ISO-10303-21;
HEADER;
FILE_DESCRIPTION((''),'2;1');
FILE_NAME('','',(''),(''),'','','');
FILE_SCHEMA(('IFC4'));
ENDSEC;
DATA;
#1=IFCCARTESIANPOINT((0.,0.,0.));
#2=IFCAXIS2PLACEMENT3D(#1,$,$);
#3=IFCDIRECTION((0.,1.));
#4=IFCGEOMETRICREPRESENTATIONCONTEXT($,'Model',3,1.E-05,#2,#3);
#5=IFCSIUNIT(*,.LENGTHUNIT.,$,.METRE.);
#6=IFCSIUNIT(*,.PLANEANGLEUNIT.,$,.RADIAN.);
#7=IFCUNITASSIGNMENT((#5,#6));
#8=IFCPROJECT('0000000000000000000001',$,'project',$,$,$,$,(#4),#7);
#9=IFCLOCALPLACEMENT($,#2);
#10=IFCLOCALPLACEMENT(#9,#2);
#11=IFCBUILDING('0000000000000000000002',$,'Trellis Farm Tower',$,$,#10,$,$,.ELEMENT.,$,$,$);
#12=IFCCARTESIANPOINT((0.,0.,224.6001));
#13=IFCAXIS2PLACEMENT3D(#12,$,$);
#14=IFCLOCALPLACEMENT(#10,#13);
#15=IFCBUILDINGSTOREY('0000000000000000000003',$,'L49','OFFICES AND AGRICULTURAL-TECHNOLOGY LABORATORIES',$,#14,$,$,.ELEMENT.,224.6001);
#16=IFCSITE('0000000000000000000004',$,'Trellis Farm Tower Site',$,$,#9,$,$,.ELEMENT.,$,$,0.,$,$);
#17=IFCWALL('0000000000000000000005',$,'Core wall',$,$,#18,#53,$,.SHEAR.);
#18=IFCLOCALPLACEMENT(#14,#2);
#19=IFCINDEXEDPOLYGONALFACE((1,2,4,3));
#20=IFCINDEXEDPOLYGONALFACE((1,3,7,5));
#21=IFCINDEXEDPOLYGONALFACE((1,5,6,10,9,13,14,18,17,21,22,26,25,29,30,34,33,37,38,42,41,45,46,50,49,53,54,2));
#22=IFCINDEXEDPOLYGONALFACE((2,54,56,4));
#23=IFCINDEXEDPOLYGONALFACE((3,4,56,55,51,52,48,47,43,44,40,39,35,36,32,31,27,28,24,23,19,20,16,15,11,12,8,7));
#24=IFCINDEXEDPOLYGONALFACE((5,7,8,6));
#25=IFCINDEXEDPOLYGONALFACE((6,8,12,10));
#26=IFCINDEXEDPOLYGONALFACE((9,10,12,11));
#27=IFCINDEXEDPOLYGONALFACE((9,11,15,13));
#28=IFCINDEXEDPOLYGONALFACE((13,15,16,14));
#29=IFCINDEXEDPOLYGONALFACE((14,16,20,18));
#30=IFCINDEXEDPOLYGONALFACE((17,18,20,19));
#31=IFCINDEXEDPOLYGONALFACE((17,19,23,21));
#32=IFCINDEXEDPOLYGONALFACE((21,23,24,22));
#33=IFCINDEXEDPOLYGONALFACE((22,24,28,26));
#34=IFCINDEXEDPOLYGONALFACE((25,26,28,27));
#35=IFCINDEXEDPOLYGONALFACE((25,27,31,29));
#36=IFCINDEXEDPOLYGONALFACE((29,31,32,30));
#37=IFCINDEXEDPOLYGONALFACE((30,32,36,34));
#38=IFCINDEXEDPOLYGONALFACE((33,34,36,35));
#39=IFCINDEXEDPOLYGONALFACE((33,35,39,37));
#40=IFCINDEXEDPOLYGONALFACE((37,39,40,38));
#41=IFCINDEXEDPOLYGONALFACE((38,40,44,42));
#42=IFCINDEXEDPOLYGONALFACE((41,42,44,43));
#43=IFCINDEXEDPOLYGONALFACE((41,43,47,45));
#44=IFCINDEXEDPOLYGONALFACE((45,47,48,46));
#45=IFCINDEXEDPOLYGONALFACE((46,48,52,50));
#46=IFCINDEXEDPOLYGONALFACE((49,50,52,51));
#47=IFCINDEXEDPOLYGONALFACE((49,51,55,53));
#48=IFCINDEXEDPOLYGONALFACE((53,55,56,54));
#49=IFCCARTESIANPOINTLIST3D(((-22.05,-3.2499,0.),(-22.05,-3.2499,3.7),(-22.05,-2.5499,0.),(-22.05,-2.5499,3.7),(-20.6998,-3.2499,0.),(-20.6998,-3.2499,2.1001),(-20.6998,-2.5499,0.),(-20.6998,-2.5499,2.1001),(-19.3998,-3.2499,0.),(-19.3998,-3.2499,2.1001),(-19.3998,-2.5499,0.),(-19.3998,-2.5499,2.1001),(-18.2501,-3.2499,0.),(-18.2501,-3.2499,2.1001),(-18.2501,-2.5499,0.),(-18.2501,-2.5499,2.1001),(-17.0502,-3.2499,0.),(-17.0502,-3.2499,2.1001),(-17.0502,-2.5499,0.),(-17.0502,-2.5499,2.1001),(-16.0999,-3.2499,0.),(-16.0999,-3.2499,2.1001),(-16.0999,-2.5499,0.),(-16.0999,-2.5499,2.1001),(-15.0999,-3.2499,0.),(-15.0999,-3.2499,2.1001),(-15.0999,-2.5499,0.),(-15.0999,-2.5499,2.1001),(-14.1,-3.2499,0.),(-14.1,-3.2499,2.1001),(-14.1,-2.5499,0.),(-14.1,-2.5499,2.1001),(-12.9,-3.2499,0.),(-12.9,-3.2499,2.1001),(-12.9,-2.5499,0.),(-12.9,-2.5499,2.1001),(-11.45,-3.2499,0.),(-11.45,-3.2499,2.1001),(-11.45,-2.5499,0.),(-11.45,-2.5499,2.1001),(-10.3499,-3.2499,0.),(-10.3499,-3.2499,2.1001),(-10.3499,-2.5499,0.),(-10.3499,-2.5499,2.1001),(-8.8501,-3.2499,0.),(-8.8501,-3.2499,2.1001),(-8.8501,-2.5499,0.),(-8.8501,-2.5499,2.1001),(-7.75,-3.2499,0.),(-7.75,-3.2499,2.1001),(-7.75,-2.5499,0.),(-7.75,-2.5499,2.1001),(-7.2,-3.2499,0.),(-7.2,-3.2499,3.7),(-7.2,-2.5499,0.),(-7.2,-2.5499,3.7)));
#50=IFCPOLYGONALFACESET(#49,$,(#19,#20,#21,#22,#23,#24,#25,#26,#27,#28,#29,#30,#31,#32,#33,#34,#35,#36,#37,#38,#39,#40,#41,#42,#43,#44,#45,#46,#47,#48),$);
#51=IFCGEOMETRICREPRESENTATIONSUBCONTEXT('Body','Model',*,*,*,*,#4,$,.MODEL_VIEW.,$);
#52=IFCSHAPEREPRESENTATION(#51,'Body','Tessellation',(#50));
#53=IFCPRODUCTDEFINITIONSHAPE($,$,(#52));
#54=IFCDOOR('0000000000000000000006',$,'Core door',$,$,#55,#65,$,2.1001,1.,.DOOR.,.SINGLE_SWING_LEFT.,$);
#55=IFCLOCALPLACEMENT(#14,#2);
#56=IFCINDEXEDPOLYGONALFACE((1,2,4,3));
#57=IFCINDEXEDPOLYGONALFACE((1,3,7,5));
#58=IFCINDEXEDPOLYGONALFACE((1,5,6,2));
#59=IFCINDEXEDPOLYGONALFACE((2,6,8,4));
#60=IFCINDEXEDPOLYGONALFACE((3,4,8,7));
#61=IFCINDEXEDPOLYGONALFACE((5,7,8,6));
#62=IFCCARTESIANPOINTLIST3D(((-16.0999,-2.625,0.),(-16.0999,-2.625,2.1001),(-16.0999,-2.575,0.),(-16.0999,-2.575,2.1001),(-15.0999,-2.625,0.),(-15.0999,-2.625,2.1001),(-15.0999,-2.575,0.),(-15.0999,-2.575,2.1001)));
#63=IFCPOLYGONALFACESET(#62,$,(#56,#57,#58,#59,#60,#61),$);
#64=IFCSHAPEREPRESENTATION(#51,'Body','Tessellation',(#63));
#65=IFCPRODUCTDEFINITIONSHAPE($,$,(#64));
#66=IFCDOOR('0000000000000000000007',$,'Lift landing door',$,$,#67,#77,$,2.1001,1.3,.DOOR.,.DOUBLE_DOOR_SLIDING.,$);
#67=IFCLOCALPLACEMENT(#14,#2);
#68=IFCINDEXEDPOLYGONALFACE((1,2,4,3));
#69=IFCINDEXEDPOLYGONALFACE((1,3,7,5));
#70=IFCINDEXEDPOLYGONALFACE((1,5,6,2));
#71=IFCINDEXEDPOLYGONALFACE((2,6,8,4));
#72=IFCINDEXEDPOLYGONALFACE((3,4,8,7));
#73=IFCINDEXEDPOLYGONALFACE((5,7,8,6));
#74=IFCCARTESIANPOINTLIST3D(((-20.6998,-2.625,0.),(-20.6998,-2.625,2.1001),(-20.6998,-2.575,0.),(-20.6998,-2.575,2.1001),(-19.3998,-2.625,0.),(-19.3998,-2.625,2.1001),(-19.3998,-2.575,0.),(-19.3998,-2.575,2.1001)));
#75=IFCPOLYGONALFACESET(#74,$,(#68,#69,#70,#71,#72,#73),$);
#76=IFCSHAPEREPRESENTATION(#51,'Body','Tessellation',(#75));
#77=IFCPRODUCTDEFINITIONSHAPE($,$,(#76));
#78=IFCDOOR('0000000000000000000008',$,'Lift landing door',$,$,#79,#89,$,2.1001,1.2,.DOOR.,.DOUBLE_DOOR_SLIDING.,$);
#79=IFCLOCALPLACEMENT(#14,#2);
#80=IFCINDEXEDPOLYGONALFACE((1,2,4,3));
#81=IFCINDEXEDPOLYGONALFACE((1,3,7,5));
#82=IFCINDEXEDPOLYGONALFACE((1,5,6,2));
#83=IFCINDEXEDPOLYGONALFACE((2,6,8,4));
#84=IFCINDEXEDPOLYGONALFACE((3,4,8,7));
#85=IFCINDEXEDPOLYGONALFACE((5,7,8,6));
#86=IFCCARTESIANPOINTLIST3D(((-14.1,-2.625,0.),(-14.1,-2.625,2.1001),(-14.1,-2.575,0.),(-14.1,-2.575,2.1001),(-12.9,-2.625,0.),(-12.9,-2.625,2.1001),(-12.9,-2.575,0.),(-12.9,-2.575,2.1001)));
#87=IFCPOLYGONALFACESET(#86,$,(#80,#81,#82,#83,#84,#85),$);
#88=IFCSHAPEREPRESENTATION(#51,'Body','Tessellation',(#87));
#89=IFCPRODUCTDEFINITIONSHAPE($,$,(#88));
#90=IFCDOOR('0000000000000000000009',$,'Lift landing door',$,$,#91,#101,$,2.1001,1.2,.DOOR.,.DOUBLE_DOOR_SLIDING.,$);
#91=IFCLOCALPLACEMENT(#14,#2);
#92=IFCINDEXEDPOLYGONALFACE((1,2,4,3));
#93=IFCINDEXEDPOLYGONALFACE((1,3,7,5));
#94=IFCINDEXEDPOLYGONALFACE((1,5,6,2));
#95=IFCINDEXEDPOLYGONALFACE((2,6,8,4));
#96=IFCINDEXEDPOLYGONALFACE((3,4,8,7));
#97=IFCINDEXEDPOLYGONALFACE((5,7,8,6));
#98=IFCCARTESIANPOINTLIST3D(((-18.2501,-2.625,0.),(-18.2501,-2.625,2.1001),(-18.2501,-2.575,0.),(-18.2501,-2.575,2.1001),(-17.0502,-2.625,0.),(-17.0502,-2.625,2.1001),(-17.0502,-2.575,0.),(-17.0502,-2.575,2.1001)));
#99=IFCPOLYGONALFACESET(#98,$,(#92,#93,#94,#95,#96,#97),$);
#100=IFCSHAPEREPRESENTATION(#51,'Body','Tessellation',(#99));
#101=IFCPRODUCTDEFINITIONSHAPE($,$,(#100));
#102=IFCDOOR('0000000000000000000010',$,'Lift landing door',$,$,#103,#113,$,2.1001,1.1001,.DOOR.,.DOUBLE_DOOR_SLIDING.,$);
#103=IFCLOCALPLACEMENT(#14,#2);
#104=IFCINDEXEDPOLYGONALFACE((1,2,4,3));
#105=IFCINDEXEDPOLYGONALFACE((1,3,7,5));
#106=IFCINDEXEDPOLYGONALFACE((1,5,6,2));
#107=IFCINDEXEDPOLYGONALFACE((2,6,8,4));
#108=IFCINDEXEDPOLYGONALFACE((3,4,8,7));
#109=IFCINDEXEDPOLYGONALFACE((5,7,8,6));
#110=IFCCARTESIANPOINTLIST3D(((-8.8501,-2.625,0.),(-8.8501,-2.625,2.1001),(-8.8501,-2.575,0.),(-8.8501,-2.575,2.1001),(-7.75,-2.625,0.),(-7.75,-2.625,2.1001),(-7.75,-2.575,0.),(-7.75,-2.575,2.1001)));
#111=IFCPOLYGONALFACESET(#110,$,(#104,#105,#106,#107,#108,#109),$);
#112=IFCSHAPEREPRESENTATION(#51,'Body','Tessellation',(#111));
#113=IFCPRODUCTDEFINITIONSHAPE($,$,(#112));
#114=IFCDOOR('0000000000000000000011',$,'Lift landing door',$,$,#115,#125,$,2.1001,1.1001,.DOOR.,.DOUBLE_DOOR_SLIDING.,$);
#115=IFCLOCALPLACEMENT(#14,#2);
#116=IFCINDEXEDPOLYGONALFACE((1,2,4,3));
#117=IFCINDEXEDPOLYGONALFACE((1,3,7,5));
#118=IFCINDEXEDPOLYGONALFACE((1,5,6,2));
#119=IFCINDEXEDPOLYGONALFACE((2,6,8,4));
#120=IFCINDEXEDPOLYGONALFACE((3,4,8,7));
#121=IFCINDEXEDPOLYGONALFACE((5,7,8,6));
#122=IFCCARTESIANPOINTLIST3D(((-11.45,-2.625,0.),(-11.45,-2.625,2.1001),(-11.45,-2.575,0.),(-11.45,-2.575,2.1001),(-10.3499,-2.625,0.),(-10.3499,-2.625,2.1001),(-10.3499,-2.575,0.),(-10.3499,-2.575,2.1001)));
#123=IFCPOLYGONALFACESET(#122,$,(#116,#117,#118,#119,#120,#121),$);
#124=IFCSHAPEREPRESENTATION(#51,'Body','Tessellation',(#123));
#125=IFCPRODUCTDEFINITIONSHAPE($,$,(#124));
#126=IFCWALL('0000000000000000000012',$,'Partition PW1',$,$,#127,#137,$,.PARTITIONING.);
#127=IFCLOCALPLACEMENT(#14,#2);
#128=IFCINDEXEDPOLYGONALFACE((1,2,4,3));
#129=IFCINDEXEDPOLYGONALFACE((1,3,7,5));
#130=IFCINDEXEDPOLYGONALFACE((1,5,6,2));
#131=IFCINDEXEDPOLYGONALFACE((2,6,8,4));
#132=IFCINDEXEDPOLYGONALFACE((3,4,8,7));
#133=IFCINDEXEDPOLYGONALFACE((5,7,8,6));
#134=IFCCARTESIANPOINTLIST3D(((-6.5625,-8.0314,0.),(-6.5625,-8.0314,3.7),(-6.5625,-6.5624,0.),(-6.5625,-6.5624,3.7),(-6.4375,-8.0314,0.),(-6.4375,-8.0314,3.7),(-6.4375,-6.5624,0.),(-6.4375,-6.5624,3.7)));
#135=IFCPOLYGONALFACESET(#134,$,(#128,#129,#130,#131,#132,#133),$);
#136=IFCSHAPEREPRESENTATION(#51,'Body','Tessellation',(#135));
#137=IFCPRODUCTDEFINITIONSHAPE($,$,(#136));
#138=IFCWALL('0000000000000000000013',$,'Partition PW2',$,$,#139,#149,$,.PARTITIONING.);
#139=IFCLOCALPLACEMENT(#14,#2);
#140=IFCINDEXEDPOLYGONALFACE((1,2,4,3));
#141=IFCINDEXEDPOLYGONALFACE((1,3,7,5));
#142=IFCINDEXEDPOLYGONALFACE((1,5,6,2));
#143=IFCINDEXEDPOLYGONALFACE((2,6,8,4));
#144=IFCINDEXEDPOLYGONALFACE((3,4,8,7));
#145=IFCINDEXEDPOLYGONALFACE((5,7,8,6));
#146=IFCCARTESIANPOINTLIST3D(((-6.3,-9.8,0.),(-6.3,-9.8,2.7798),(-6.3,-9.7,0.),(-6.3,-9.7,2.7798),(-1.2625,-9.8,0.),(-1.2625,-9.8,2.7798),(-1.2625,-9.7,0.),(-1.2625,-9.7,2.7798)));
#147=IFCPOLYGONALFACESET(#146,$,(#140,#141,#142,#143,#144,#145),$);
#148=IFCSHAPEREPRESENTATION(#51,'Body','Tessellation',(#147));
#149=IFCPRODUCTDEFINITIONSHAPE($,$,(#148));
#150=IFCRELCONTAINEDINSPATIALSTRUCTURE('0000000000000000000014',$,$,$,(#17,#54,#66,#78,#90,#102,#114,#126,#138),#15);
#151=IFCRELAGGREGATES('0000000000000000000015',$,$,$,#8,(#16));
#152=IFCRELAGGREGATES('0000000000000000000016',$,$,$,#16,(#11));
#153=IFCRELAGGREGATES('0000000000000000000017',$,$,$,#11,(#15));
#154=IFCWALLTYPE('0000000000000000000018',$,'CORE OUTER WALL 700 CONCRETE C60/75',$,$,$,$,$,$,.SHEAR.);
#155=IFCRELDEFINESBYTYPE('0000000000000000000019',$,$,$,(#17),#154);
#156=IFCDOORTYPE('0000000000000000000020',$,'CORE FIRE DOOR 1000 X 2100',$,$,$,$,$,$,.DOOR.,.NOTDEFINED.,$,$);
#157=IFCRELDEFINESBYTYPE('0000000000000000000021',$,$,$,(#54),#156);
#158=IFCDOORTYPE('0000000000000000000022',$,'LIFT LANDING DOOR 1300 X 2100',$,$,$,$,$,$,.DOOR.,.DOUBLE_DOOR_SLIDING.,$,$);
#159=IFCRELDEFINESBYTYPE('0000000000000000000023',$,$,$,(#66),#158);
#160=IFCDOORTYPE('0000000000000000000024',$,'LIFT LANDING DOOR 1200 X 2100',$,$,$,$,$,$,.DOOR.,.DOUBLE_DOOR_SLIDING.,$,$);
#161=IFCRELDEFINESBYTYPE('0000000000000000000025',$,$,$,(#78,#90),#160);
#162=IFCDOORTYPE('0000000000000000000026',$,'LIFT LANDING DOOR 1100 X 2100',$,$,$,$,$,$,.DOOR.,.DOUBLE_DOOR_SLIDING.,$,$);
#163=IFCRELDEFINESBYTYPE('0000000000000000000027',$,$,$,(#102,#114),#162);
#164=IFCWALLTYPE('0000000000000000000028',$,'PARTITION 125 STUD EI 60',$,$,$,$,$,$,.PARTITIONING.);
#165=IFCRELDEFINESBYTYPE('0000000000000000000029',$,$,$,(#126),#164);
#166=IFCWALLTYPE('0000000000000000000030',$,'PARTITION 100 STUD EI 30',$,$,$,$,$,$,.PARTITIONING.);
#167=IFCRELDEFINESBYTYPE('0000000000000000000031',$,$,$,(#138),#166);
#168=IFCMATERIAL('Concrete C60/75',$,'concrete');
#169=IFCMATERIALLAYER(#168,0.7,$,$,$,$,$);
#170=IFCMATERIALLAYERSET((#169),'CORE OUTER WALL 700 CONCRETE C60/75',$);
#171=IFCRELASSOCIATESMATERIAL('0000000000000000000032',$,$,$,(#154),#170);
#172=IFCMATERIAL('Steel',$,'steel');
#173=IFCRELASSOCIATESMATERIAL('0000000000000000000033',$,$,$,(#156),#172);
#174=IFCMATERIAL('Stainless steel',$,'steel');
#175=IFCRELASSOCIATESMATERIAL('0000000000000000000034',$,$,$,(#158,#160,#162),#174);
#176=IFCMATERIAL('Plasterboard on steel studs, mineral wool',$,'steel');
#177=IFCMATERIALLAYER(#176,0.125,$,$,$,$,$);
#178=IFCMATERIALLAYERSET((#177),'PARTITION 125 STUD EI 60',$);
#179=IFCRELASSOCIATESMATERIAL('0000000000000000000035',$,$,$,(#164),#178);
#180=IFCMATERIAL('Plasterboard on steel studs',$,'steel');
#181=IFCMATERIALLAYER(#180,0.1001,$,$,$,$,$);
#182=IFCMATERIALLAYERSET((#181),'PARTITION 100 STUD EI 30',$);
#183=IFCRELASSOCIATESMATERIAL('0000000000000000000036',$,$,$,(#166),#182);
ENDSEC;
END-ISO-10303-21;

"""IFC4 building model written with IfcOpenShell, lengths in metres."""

from ifc_helpers import new_model, si_unit, direction, frame, frame_2d, origin, place, context, subcontext, project, spatial, rectangle, extrude, source, transform, mapped, material, layer, layer_set, type_object, element, fill, save


model = new_model("IFC4")

# Units and contexts
model_context = context("Model", 3, precision=1e-05, world=origin(), true_north=direction((0.0, 1.0)))
body_context = subcontext(model_context, "Body", "Model", "MODEL_VIEW")
ifc_project = project(units=[si_unit("LENGTHUNIT", "METRE"), si_unit("PLANEANGLEUNIT", "RADIAN")], contexts=[model_context])

# Site, building, storey
site_placement = place(None, origin())
site = spatial("IfcSite", under=ifc_project, at=site_placement, Name="Trellis Farm Tower Site", CompositionType="ELEMENT", RefElevation=0.0)
building_placement = place(site_placement, origin())
building = spatial("IfcBuilding", under=site, at=building_placement, Name="Trellis Farm Tower", CompositionType="ELEMENT")
storey_placement = place(building_placement, frame((0.0, 0.0, 224.6001)))
storey = spatial("IfcBuildingStorey", under=building, at=storey_placement, Name="L49", Description="OFFICES AND AGRICULTURAL-TECHNOLOGY LABORATORIES", CompositionType="ELEMENT", Elevation=224.6001)

# Shared definitions
ifc_material_1 = material(Name="Concrete C60/75", Category="concrete")

# Wall, openings, doors
ifc_layer_1 = layer(ifc_material_1, 0.7)
ifc_layer_set_1 = layer_set([ifc_layer_1], Name="CORE OUTER WALL 700 CONCRETE C60/75")
wall_type_1 = type_object("IfcWallType", Name="CORE OUTER WALL 700 CONCRETE C60/75", PredefinedType="SHEAR", material=ifc_layer_set_1)
shared_shape_1 = source(origin(), body_context, "Body", "SweptSolid", [
    extrude(rectangle(XDim=14.8501, YDim=0.7, at=frame_2d((7.425, 0.0))), origin(), (0.0, 0.0, 1.0), 3.7),
])
wall_1_placement = place(storey_placement, frame((-7.2, -2.8999, 0.0), z_axis=(0.0, 0.0, 1.0), x_axis=(-1.0, 0.0, 0.0)))
wall_1 = element("IfcWall", 1, at=wall_1_placement, inside=storey, type_object=wall_type_1, Name="Core wall", PredefinedType="SHEAR", context=body_context, shape_type="MappedRepresentation", body=[
    mapped(shared_shape_1, transform((0.0, 0.0, 0.0))),
])
shared_shape_2 = source(origin(), body_context, "Body", "SweptSolid", [
    extrude(rectangle(XDim=1.1001, YDim=2.1001, at=frame_2d((0.55, 1.05))), frame((0.0, 0.3601, 0.0), z_axis=(0.0, -1.0, 0.0), x_axis=(1.0, 0.0, 0.0)), (0.0, 0.0, 1.0), 0.7202),
])
opening_1_placement = place(wall_1_placement, frame((0.55, 0.0, 0.0)))
opening_1 = element("IfcOpeningElement", 2, at=opening_1_placement, cuts=wall_1, PredefinedType="OPENING", context=body_context, shape_type="MappedRepresentation", body=[
    mapped(shared_shape_2, transform((0.0, 0.0, 0.0))),
])
opening_2_placement = place(wall_1_placement, frame((3.1499, 0.0, 0.0)))
opening_2 = element("IfcOpeningElement", 3, at=opening_2_placement, cuts=wall_1, PredefinedType="OPENING", context=body_context, shape_type="MappedRepresentation", body=[
    mapped(shared_shape_2, transform((0.0, 0.0, 0.0))),
])
shared_shape_3 = source(origin(), body_context, "Body", "SweptSolid", [
    extrude(rectangle(XDim=1.2, YDim=2.1001, at=frame_2d((0.6001, 1.05))), frame((0.0, 0.3601, 0.0), z_axis=(0.0, -1.0, 0.0), x_axis=(1.0, 0.0, 0.0)), (0.0, 0.0, 1.0), 0.7202),
])
opening_3_placement = place(wall_1_placement, frame((5.7, 0.0, 0.0)))
opening_3 = element("IfcOpeningElement", 4, at=opening_3_placement, cuts=wall_1, PredefinedType="OPENING", context=body_context, shape_type="MappedRepresentation", body=[
    mapped(shared_shape_3, transform((0.0, 0.0, 0.0))),
])
shared_shape_4 = source(origin(), body_context, "Body", "SweptSolid", [
    extrude(rectangle(XDim=1.3, YDim=2.1001, at=frame_2d((0.6499, 1.05))), frame((0.0, 0.3601, 0.0), z_axis=(0.0, -1.0, 0.0), x_axis=(1.0, 0.0, 0.0)), (0.0, 0.0, 1.0), 0.7202),
])
opening_4_placement = place(wall_1_placement, frame((12.2, 0.0, 0.0)))
opening_4 = element("IfcOpeningElement", 5, at=opening_4_placement, cuts=wall_1, PredefinedType="OPENING", context=body_context, shape_type="MappedRepresentation", body=[
    mapped(shared_shape_4, transform((0.0, 0.0, 0.0))),
])
opening_5_placement = place(wall_1_placement, frame((9.8501, 0.0, 0.0)))
opening_5 = element("IfcOpeningElement", 6, at=opening_5_placement, cuts=wall_1, PredefinedType="OPENING", context=body_context, shape_type="MappedRepresentation", body=[
    mapped(shared_shape_3, transform((0.0, 0.0, 0.0))),
])
shared_shape_5 = source(origin(), body_context, "Body", "SweptSolid", [
    extrude(rectangle(XDim=1.0, YDim=2.1001, at=frame_2d((0.5, 1.05))), frame((0.0, 0.3601, 0.0), z_axis=(0.0, -1.0, 0.0), x_axis=(1.0, 0.0, 0.0)), (0.0, 0.0, 1.0), 0.7202),
])
opening_6_placement = place(wall_1_placement, frame((7.8999, 0.0, 0.0)))
opening_6 = element("IfcOpeningElement", 7, at=opening_6_placement, cuts=wall_1, PredefinedType="OPENING", context=body_context, shape_type="MappedRepresentation", body=[
    mapped(shared_shape_5, transform((0.0, 0.0, 0.0))),
])
ifc_material_2 = material(Name="Steel", Category="steel")
door_type_1 = type_object("IfcDoorType", Name="CORE FIRE DOOR 1000 X 2100", OperationType="NOTDEFINED", PredefinedType="DOOR", material=ifc_material_2)
shared_shape_6 = source(origin(), body_context, "Body", "SweptSolid", [
    extrude(rectangle(XDim=1.0, YDim=2.1001, at=frame_2d((0.5, 1.05))), frame((0.0, -0.2749, 0.0), z_axis=(0.0, -1.0, 0.0), x_axis=(1.0, 0.0, 0.0)), (0.0, 0.0, 1.0), 0.05),
])
door_1_placement = place(opening_6_placement, origin())
door_1 = element("IfcDoor", 8, at=door_1_placement, inside=storey, type_object=door_type_1, Name="Core door", OperationType="SINGLE_SWING_LEFT", OverallHeight=2.1001, OverallWidth=1.0, PredefinedType="DOOR", context=body_context, shape_type="MappedRepresentation", body=[
    mapped(shared_shape_6, transform((0.0, 0.0, 0.0))),
])
fill(opening_6, door_1)
ifc_material_3 = material(Name="Stainless steel", Category="steel")
door_type_2 = type_object("IfcDoorType", Name="LIFT LANDING DOOR 1300 X 2100", OperationType="DOUBLE_DOOR_SLIDING", PredefinedType="DOOR", material=ifc_material_3)
shared_shape_7 = source(origin(), body_context, "Body", "SweptSolid", [
    extrude(rectangle(XDim=1.3, YDim=2.1001, at=frame_2d((0.6499, 1.05))), frame((0.0, -0.2749, 0.0), z_axis=(0.0, -1.0, 0.0), x_axis=(1.0, 0.0, 0.0)), (0.0, 0.0, 1.0), 0.05),
])
door_2_placement = place(opening_4_placement, origin())
door_2 = element("IfcDoor", 9, at=door_2_placement, inside=storey, type_object=door_type_2, Name="Lift landing door", OperationType="DOUBLE_DOOR_SLIDING", OverallHeight=2.1001, OverallWidth=1.3, PredefinedType="DOOR", context=body_context, shape_type="MappedRepresentation", body=[
    mapped(shared_shape_7, transform((0.0, 0.0, 0.0))),
])
fill(opening_4, door_2)
door_type_3 = type_object("IfcDoorType", Name="LIFT LANDING DOOR 1200 X 2100", OperationType="DOUBLE_DOOR_SLIDING", PredefinedType="DOOR", material=ifc_material_3)
shared_shape_8 = source(origin(), body_context, "Body", "SweptSolid", [
    extrude(rectangle(XDim=1.2, YDim=2.1001, at=frame_2d((0.6001, 1.05))), frame((0.0, -0.2749, 0.0), z_axis=(0.0, -1.0, 0.0), x_axis=(1.0, 0.0, 0.0)), (0.0, 0.0, 1.0), 0.05),
])
door_3_placement = place(opening_3_placement, origin())
door_3 = element("IfcDoor", 10, at=door_3_placement, inside=storey, type_object=door_type_3, Name="Lift landing door", OperationType="DOUBLE_DOOR_SLIDING", OverallHeight=2.1001, OverallWidth=1.2, PredefinedType="DOOR", context=body_context, shape_type="MappedRepresentation", body=[
    mapped(shared_shape_8, transform((0.0, 0.0, 0.0))),
])
fill(opening_3, door_3)
door_4_placement = place(opening_5_placement, origin())
door_4 = element("IfcDoor", 11, at=door_4_placement, inside=storey, type_object=door_type_3, Name="Lift landing door", OperationType="DOUBLE_DOOR_SLIDING", OverallHeight=2.1001, OverallWidth=1.2, PredefinedType="DOOR", context=body_context, shape_type="MappedRepresentation", body=[
    mapped(shared_shape_8, transform((0.0, 0.0, 0.0))),
])
fill(opening_5, door_4)
door_type_4 = type_object("IfcDoorType", Name="LIFT LANDING DOOR 1100 X 2100", OperationType="DOUBLE_DOOR_SLIDING", PredefinedType="DOOR", material=ifc_material_3)
shared_shape_9 = source(origin(), body_context, "Body", "SweptSolid", [
    extrude(rectangle(XDim=1.1001, YDim=2.1001, at=frame_2d((0.55, 1.05))), frame((0.0, -0.2749, 0.0), z_axis=(0.0, -1.0, 0.0), x_axis=(1.0, 0.0, 0.0)), (0.0, 0.0, 1.0), 0.05),
])
door_5_placement = place(opening_1_placement, origin())
door_5 = element("IfcDoor", 12, at=door_5_placement, inside=storey, type_object=door_type_4, Name="Lift landing door", OperationType="DOUBLE_DOOR_SLIDING", OverallHeight=2.1001, OverallWidth=1.1001, PredefinedType="DOOR", context=body_context, shape_type="MappedRepresentation", body=[
    mapped(shared_shape_9, transform((0.0, 0.0, 0.0))),
])
fill(opening_1, door_5)
door_6_placement = place(opening_2_placement, origin())
door_6 = element("IfcDoor", 13, at=door_6_placement, inside=storey, type_object=door_type_4, Name="Lift landing door", OperationType="DOUBLE_DOOR_SLIDING", OverallHeight=2.1001, OverallWidth=1.1001, PredefinedType="DOOR", context=body_context, shape_type="MappedRepresentation", body=[
    mapped(shared_shape_9, transform((0.0, 0.0, 0.0))),
])
fill(opening_2, door_6)

# Walls
ifc_material_4 = material(Name="Plasterboard on steel studs, mineral wool", Category="steel")
ifc_layer_2 = layer(ifc_material_4, 0.125)
ifc_layer_set_2 = layer_set([ifc_layer_2], Name="PARTITION 125 STUD EI 60")
wall_type_2 = type_object("IfcWallType", Name="PARTITION 125 STUD EI 60", PredefinedType="PARTITIONING", material=ifc_layer_set_2)
shared_shape_10 = source(origin(), body_context, "Body", "SweptSolid", [
    extrude(rectangle(XDim=1.469, YDim=0.125, at=frame_2d((0.7344, 0.0))), origin(), (0.0, 0.0, 1.0), 3.7),
])
wall_2_placement = place(storey_placement, frame((-6.5, -6.5625, 0.0), z_axis=(0.0, 0.0, 1.0), x_axis=(0.0, -1.0, 0.0)))
element("IfcWall", 14, at=wall_2_placement, inside=storey, type_object=wall_type_2, Name="Partition PW1", PredefinedType="PARTITIONING", context=body_context, shape_type="MappedRepresentation", body=[
    mapped(shared_shape_10, transform((0.0, 0.0, 0.0))),
])
ifc_material_5 = material(Name="Plasterboard on steel studs", Category="steel")
ifc_layer_3 = layer(ifc_material_5, 0.1001)
ifc_layer_set_3 = layer_set([ifc_layer_3], Name="PARTITION 100 STUD EI 30")
wall_type_3 = type_object("IfcWallType", Name="PARTITION 100 STUD EI 30", PredefinedType="PARTITIONING", material=ifc_layer_set_3)
shared_shape_11 = source(origin(), body_context, "Body", "SweptSolid", [
    extrude(rectangle(XDim=5.0376, YDim=0.1001, at=frame_2d((2.5188, 0.0))), origin(), (0.0, 0.0, 1.0), 2.7798),
])
wall_3_placement = place(storey_placement, frame((-6.3, -9.75, 0.0), z_axis=(0.0, 0.0, 1.0), x_axis=(1.0, 0.0, 0.0)))
element("IfcWall", 15, at=wall_3_placement, inside=storey, type_object=wall_type_3, Name="Partition PW2", PredefinedType="PARTITIONING", context=body_context, shape_type="MappedRepresentation", body=[
    mapped(shared_shape_11, transform((0.0, 0.0, 0.0))),
])

save(model, "model.ifc")
